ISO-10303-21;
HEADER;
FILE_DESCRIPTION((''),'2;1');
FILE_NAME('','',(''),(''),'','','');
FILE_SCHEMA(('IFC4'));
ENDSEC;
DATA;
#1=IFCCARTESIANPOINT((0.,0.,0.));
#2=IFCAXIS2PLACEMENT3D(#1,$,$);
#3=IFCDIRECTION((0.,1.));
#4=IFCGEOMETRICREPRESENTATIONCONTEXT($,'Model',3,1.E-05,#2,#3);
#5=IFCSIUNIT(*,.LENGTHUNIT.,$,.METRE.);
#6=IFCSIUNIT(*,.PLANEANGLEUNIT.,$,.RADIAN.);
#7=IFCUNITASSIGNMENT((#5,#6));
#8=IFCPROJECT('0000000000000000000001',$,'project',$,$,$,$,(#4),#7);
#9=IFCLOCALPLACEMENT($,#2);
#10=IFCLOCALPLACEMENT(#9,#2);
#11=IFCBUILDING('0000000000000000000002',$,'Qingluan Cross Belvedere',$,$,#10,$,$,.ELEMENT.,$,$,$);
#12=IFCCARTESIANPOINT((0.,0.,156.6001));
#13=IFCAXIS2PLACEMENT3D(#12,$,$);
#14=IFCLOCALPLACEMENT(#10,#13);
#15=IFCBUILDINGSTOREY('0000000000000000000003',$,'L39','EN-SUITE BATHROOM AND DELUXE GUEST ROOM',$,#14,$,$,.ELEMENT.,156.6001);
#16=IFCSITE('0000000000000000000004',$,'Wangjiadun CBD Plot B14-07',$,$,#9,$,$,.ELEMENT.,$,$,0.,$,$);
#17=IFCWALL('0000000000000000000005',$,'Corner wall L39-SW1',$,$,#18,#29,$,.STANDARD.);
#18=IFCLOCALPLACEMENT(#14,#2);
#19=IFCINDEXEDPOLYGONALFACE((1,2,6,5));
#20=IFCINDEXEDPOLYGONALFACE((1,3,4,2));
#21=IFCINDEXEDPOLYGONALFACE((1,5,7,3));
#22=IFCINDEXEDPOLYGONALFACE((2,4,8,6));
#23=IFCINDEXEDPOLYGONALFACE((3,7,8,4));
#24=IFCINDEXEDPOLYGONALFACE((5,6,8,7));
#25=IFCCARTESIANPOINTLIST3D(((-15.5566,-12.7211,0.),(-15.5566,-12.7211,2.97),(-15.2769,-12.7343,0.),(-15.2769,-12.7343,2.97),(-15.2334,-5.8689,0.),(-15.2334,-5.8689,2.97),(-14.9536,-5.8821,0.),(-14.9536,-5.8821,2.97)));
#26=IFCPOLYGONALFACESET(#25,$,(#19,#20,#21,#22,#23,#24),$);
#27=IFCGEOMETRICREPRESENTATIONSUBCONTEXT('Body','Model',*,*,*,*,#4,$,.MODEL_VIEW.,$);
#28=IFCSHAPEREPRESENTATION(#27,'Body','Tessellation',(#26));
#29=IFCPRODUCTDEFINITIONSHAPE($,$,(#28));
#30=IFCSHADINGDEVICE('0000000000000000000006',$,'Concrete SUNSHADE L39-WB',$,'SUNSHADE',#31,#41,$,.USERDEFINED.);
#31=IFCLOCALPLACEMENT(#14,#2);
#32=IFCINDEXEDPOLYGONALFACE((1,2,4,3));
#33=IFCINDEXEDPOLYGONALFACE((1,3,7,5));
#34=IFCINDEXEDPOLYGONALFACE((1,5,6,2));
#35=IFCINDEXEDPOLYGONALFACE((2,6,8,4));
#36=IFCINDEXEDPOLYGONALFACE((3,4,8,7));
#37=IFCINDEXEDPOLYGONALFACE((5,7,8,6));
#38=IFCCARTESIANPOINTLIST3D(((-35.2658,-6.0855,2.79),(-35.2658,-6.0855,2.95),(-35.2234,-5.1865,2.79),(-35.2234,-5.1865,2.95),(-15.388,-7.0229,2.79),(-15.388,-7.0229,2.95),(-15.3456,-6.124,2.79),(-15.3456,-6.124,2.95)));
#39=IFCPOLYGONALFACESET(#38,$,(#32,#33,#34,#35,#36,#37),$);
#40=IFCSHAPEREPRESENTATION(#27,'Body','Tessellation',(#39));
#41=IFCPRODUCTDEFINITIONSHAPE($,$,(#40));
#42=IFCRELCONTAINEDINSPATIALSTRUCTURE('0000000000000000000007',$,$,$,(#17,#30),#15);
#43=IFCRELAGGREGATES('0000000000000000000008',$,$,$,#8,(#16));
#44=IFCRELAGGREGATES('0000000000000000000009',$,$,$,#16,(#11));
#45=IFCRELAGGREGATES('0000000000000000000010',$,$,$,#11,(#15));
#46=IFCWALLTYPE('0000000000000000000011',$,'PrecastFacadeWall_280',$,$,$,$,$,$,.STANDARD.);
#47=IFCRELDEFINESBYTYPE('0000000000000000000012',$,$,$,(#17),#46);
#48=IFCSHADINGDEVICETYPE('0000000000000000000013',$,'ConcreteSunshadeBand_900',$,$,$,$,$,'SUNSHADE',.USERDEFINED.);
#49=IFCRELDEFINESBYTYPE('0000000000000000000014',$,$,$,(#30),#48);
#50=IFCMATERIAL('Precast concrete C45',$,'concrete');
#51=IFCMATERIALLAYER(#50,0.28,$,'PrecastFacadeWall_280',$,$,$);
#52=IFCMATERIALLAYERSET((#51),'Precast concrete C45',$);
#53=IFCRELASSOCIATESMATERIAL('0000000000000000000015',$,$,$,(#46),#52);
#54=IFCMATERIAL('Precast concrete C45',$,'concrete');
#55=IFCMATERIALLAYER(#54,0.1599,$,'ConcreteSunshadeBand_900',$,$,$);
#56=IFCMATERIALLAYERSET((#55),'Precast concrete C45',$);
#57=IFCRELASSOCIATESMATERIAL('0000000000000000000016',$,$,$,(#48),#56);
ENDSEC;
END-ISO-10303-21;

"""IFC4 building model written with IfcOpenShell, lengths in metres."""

from ifc_helpers import new_model, si_unit, direction, frame, frame_2d, origin, origin_2d, place, context, subcontext, project, spatial, rectangle, extrude, material, layer, layer_set, type_object, element, save


model = new_model("IFC4")

# Units and contexts
model_context = context("Model", 3, precision=1e-05, world=origin(), true_north=direction((0.0, 1.0)))
body_context = subcontext(model_context, "Body", "Model", "MODEL_VIEW")
ifc_project = project(units=[si_unit("LENGTHUNIT", "METRE"), si_unit("PLANEANGLEUNIT", "RADIAN")], contexts=[model_context])

# Site, building, storey
site_placement = place(None, origin())
site = spatial("IfcSite", under=ifc_project, at=site_placement, Name="Wangjiadun CBD Plot B14-07", CompositionType="ELEMENT", RefElevation=0.0)
building_placement = place(site_placement, origin())
building = spatial("IfcBuilding", under=site, at=building_placement, Name="Qingluan Cross Belvedere", CompositionType="ELEMENT")
storey_placement = place(building_placement, frame((0.0, 0.0, 156.6001)))
storey = spatial("IfcBuildingStorey", under=building, at=storey_placement, Name="L39", Description="EN-SUITE BATHROOM AND DELUXE GUEST ROOM", CompositionType="ELEMENT", Elevation=156.6001)

# Shared definitions
ifc_material_1 = material(Name="Precast concrete C45", Category="concrete")
ifc_layer_1 = layer(ifc_material_1, 0.28, Name="PrecastFacadeWall_280")
ifc_layer_set_1 = layer_set([ifc_layer_1], Name="Precast concrete C45")
wall_type_1 = type_object("IfcWallType", Name="PrecastFacadeWall_280", PredefinedType="STANDARD", material=ifc_layer_set_1)

# Wall
wall_1_placement = place(storey_placement, frame((-15.0935, -5.8755, 0.0), z_axis=(0.0, 0.0, 1.0), x_axis=(-0.04712, -0.998889, 0.0)))
element("IfcWall", 1, at=wall_1_placement, inside=storey, type_object=wall_type_1, Name="Corner wall L39-SW1", PredefinedType="STANDARD", context=body_context, shape_type="SweptSolid", body=[
    extrude(rectangle(XDim=6.8599, YDim=0.28, at=frame_2d((3.4299, 0.0))), origin(), (0.0, 0.0, 1.0), 2.97),
])

# Shading device
ifc_material_2 = material(Name="Precast concrete C45", Category="concrete")
ifc_layer_2 = layer(ifc_material_2, 0.1599, Name="ConcreteSunshadeBand_900")
ifc_layer_set_2 = layer_set([ifc_layer_2], Name="Precast concrete C45")
shading_device_type = type_object("IfcShadingDeviceType", Name="ConcreteSunshadeBand_900", ElementType="SUNSHADE", PredefinedType="USERDEFINED", material=ifc_layer_set_2)
shading_device_placement = place(storey_placement, frame((-25.3057, -6.1047, 2.79), z_axis=(0.0, 0.0, 1.0), x_axis=(0.99889, -0.047109, 0.0)))
element("IfcShadingDevice", 2, at=shading_device_placement, inside=storey, type_object=shading_device_type, Name="Concrete SUNSHADE L39-WB", ObjectType="SUNSHADE", PredefinedType="USERDEFINED", context=body_context, shape_type="SweptSolid", body=[
    extrude(rectangle(XDim=19.8999, YDim=0.8999, at=origin_2d()), origin(), (0.0, 0.0, 1.0), 0.1599),
])

save(model, "model.ifc")
